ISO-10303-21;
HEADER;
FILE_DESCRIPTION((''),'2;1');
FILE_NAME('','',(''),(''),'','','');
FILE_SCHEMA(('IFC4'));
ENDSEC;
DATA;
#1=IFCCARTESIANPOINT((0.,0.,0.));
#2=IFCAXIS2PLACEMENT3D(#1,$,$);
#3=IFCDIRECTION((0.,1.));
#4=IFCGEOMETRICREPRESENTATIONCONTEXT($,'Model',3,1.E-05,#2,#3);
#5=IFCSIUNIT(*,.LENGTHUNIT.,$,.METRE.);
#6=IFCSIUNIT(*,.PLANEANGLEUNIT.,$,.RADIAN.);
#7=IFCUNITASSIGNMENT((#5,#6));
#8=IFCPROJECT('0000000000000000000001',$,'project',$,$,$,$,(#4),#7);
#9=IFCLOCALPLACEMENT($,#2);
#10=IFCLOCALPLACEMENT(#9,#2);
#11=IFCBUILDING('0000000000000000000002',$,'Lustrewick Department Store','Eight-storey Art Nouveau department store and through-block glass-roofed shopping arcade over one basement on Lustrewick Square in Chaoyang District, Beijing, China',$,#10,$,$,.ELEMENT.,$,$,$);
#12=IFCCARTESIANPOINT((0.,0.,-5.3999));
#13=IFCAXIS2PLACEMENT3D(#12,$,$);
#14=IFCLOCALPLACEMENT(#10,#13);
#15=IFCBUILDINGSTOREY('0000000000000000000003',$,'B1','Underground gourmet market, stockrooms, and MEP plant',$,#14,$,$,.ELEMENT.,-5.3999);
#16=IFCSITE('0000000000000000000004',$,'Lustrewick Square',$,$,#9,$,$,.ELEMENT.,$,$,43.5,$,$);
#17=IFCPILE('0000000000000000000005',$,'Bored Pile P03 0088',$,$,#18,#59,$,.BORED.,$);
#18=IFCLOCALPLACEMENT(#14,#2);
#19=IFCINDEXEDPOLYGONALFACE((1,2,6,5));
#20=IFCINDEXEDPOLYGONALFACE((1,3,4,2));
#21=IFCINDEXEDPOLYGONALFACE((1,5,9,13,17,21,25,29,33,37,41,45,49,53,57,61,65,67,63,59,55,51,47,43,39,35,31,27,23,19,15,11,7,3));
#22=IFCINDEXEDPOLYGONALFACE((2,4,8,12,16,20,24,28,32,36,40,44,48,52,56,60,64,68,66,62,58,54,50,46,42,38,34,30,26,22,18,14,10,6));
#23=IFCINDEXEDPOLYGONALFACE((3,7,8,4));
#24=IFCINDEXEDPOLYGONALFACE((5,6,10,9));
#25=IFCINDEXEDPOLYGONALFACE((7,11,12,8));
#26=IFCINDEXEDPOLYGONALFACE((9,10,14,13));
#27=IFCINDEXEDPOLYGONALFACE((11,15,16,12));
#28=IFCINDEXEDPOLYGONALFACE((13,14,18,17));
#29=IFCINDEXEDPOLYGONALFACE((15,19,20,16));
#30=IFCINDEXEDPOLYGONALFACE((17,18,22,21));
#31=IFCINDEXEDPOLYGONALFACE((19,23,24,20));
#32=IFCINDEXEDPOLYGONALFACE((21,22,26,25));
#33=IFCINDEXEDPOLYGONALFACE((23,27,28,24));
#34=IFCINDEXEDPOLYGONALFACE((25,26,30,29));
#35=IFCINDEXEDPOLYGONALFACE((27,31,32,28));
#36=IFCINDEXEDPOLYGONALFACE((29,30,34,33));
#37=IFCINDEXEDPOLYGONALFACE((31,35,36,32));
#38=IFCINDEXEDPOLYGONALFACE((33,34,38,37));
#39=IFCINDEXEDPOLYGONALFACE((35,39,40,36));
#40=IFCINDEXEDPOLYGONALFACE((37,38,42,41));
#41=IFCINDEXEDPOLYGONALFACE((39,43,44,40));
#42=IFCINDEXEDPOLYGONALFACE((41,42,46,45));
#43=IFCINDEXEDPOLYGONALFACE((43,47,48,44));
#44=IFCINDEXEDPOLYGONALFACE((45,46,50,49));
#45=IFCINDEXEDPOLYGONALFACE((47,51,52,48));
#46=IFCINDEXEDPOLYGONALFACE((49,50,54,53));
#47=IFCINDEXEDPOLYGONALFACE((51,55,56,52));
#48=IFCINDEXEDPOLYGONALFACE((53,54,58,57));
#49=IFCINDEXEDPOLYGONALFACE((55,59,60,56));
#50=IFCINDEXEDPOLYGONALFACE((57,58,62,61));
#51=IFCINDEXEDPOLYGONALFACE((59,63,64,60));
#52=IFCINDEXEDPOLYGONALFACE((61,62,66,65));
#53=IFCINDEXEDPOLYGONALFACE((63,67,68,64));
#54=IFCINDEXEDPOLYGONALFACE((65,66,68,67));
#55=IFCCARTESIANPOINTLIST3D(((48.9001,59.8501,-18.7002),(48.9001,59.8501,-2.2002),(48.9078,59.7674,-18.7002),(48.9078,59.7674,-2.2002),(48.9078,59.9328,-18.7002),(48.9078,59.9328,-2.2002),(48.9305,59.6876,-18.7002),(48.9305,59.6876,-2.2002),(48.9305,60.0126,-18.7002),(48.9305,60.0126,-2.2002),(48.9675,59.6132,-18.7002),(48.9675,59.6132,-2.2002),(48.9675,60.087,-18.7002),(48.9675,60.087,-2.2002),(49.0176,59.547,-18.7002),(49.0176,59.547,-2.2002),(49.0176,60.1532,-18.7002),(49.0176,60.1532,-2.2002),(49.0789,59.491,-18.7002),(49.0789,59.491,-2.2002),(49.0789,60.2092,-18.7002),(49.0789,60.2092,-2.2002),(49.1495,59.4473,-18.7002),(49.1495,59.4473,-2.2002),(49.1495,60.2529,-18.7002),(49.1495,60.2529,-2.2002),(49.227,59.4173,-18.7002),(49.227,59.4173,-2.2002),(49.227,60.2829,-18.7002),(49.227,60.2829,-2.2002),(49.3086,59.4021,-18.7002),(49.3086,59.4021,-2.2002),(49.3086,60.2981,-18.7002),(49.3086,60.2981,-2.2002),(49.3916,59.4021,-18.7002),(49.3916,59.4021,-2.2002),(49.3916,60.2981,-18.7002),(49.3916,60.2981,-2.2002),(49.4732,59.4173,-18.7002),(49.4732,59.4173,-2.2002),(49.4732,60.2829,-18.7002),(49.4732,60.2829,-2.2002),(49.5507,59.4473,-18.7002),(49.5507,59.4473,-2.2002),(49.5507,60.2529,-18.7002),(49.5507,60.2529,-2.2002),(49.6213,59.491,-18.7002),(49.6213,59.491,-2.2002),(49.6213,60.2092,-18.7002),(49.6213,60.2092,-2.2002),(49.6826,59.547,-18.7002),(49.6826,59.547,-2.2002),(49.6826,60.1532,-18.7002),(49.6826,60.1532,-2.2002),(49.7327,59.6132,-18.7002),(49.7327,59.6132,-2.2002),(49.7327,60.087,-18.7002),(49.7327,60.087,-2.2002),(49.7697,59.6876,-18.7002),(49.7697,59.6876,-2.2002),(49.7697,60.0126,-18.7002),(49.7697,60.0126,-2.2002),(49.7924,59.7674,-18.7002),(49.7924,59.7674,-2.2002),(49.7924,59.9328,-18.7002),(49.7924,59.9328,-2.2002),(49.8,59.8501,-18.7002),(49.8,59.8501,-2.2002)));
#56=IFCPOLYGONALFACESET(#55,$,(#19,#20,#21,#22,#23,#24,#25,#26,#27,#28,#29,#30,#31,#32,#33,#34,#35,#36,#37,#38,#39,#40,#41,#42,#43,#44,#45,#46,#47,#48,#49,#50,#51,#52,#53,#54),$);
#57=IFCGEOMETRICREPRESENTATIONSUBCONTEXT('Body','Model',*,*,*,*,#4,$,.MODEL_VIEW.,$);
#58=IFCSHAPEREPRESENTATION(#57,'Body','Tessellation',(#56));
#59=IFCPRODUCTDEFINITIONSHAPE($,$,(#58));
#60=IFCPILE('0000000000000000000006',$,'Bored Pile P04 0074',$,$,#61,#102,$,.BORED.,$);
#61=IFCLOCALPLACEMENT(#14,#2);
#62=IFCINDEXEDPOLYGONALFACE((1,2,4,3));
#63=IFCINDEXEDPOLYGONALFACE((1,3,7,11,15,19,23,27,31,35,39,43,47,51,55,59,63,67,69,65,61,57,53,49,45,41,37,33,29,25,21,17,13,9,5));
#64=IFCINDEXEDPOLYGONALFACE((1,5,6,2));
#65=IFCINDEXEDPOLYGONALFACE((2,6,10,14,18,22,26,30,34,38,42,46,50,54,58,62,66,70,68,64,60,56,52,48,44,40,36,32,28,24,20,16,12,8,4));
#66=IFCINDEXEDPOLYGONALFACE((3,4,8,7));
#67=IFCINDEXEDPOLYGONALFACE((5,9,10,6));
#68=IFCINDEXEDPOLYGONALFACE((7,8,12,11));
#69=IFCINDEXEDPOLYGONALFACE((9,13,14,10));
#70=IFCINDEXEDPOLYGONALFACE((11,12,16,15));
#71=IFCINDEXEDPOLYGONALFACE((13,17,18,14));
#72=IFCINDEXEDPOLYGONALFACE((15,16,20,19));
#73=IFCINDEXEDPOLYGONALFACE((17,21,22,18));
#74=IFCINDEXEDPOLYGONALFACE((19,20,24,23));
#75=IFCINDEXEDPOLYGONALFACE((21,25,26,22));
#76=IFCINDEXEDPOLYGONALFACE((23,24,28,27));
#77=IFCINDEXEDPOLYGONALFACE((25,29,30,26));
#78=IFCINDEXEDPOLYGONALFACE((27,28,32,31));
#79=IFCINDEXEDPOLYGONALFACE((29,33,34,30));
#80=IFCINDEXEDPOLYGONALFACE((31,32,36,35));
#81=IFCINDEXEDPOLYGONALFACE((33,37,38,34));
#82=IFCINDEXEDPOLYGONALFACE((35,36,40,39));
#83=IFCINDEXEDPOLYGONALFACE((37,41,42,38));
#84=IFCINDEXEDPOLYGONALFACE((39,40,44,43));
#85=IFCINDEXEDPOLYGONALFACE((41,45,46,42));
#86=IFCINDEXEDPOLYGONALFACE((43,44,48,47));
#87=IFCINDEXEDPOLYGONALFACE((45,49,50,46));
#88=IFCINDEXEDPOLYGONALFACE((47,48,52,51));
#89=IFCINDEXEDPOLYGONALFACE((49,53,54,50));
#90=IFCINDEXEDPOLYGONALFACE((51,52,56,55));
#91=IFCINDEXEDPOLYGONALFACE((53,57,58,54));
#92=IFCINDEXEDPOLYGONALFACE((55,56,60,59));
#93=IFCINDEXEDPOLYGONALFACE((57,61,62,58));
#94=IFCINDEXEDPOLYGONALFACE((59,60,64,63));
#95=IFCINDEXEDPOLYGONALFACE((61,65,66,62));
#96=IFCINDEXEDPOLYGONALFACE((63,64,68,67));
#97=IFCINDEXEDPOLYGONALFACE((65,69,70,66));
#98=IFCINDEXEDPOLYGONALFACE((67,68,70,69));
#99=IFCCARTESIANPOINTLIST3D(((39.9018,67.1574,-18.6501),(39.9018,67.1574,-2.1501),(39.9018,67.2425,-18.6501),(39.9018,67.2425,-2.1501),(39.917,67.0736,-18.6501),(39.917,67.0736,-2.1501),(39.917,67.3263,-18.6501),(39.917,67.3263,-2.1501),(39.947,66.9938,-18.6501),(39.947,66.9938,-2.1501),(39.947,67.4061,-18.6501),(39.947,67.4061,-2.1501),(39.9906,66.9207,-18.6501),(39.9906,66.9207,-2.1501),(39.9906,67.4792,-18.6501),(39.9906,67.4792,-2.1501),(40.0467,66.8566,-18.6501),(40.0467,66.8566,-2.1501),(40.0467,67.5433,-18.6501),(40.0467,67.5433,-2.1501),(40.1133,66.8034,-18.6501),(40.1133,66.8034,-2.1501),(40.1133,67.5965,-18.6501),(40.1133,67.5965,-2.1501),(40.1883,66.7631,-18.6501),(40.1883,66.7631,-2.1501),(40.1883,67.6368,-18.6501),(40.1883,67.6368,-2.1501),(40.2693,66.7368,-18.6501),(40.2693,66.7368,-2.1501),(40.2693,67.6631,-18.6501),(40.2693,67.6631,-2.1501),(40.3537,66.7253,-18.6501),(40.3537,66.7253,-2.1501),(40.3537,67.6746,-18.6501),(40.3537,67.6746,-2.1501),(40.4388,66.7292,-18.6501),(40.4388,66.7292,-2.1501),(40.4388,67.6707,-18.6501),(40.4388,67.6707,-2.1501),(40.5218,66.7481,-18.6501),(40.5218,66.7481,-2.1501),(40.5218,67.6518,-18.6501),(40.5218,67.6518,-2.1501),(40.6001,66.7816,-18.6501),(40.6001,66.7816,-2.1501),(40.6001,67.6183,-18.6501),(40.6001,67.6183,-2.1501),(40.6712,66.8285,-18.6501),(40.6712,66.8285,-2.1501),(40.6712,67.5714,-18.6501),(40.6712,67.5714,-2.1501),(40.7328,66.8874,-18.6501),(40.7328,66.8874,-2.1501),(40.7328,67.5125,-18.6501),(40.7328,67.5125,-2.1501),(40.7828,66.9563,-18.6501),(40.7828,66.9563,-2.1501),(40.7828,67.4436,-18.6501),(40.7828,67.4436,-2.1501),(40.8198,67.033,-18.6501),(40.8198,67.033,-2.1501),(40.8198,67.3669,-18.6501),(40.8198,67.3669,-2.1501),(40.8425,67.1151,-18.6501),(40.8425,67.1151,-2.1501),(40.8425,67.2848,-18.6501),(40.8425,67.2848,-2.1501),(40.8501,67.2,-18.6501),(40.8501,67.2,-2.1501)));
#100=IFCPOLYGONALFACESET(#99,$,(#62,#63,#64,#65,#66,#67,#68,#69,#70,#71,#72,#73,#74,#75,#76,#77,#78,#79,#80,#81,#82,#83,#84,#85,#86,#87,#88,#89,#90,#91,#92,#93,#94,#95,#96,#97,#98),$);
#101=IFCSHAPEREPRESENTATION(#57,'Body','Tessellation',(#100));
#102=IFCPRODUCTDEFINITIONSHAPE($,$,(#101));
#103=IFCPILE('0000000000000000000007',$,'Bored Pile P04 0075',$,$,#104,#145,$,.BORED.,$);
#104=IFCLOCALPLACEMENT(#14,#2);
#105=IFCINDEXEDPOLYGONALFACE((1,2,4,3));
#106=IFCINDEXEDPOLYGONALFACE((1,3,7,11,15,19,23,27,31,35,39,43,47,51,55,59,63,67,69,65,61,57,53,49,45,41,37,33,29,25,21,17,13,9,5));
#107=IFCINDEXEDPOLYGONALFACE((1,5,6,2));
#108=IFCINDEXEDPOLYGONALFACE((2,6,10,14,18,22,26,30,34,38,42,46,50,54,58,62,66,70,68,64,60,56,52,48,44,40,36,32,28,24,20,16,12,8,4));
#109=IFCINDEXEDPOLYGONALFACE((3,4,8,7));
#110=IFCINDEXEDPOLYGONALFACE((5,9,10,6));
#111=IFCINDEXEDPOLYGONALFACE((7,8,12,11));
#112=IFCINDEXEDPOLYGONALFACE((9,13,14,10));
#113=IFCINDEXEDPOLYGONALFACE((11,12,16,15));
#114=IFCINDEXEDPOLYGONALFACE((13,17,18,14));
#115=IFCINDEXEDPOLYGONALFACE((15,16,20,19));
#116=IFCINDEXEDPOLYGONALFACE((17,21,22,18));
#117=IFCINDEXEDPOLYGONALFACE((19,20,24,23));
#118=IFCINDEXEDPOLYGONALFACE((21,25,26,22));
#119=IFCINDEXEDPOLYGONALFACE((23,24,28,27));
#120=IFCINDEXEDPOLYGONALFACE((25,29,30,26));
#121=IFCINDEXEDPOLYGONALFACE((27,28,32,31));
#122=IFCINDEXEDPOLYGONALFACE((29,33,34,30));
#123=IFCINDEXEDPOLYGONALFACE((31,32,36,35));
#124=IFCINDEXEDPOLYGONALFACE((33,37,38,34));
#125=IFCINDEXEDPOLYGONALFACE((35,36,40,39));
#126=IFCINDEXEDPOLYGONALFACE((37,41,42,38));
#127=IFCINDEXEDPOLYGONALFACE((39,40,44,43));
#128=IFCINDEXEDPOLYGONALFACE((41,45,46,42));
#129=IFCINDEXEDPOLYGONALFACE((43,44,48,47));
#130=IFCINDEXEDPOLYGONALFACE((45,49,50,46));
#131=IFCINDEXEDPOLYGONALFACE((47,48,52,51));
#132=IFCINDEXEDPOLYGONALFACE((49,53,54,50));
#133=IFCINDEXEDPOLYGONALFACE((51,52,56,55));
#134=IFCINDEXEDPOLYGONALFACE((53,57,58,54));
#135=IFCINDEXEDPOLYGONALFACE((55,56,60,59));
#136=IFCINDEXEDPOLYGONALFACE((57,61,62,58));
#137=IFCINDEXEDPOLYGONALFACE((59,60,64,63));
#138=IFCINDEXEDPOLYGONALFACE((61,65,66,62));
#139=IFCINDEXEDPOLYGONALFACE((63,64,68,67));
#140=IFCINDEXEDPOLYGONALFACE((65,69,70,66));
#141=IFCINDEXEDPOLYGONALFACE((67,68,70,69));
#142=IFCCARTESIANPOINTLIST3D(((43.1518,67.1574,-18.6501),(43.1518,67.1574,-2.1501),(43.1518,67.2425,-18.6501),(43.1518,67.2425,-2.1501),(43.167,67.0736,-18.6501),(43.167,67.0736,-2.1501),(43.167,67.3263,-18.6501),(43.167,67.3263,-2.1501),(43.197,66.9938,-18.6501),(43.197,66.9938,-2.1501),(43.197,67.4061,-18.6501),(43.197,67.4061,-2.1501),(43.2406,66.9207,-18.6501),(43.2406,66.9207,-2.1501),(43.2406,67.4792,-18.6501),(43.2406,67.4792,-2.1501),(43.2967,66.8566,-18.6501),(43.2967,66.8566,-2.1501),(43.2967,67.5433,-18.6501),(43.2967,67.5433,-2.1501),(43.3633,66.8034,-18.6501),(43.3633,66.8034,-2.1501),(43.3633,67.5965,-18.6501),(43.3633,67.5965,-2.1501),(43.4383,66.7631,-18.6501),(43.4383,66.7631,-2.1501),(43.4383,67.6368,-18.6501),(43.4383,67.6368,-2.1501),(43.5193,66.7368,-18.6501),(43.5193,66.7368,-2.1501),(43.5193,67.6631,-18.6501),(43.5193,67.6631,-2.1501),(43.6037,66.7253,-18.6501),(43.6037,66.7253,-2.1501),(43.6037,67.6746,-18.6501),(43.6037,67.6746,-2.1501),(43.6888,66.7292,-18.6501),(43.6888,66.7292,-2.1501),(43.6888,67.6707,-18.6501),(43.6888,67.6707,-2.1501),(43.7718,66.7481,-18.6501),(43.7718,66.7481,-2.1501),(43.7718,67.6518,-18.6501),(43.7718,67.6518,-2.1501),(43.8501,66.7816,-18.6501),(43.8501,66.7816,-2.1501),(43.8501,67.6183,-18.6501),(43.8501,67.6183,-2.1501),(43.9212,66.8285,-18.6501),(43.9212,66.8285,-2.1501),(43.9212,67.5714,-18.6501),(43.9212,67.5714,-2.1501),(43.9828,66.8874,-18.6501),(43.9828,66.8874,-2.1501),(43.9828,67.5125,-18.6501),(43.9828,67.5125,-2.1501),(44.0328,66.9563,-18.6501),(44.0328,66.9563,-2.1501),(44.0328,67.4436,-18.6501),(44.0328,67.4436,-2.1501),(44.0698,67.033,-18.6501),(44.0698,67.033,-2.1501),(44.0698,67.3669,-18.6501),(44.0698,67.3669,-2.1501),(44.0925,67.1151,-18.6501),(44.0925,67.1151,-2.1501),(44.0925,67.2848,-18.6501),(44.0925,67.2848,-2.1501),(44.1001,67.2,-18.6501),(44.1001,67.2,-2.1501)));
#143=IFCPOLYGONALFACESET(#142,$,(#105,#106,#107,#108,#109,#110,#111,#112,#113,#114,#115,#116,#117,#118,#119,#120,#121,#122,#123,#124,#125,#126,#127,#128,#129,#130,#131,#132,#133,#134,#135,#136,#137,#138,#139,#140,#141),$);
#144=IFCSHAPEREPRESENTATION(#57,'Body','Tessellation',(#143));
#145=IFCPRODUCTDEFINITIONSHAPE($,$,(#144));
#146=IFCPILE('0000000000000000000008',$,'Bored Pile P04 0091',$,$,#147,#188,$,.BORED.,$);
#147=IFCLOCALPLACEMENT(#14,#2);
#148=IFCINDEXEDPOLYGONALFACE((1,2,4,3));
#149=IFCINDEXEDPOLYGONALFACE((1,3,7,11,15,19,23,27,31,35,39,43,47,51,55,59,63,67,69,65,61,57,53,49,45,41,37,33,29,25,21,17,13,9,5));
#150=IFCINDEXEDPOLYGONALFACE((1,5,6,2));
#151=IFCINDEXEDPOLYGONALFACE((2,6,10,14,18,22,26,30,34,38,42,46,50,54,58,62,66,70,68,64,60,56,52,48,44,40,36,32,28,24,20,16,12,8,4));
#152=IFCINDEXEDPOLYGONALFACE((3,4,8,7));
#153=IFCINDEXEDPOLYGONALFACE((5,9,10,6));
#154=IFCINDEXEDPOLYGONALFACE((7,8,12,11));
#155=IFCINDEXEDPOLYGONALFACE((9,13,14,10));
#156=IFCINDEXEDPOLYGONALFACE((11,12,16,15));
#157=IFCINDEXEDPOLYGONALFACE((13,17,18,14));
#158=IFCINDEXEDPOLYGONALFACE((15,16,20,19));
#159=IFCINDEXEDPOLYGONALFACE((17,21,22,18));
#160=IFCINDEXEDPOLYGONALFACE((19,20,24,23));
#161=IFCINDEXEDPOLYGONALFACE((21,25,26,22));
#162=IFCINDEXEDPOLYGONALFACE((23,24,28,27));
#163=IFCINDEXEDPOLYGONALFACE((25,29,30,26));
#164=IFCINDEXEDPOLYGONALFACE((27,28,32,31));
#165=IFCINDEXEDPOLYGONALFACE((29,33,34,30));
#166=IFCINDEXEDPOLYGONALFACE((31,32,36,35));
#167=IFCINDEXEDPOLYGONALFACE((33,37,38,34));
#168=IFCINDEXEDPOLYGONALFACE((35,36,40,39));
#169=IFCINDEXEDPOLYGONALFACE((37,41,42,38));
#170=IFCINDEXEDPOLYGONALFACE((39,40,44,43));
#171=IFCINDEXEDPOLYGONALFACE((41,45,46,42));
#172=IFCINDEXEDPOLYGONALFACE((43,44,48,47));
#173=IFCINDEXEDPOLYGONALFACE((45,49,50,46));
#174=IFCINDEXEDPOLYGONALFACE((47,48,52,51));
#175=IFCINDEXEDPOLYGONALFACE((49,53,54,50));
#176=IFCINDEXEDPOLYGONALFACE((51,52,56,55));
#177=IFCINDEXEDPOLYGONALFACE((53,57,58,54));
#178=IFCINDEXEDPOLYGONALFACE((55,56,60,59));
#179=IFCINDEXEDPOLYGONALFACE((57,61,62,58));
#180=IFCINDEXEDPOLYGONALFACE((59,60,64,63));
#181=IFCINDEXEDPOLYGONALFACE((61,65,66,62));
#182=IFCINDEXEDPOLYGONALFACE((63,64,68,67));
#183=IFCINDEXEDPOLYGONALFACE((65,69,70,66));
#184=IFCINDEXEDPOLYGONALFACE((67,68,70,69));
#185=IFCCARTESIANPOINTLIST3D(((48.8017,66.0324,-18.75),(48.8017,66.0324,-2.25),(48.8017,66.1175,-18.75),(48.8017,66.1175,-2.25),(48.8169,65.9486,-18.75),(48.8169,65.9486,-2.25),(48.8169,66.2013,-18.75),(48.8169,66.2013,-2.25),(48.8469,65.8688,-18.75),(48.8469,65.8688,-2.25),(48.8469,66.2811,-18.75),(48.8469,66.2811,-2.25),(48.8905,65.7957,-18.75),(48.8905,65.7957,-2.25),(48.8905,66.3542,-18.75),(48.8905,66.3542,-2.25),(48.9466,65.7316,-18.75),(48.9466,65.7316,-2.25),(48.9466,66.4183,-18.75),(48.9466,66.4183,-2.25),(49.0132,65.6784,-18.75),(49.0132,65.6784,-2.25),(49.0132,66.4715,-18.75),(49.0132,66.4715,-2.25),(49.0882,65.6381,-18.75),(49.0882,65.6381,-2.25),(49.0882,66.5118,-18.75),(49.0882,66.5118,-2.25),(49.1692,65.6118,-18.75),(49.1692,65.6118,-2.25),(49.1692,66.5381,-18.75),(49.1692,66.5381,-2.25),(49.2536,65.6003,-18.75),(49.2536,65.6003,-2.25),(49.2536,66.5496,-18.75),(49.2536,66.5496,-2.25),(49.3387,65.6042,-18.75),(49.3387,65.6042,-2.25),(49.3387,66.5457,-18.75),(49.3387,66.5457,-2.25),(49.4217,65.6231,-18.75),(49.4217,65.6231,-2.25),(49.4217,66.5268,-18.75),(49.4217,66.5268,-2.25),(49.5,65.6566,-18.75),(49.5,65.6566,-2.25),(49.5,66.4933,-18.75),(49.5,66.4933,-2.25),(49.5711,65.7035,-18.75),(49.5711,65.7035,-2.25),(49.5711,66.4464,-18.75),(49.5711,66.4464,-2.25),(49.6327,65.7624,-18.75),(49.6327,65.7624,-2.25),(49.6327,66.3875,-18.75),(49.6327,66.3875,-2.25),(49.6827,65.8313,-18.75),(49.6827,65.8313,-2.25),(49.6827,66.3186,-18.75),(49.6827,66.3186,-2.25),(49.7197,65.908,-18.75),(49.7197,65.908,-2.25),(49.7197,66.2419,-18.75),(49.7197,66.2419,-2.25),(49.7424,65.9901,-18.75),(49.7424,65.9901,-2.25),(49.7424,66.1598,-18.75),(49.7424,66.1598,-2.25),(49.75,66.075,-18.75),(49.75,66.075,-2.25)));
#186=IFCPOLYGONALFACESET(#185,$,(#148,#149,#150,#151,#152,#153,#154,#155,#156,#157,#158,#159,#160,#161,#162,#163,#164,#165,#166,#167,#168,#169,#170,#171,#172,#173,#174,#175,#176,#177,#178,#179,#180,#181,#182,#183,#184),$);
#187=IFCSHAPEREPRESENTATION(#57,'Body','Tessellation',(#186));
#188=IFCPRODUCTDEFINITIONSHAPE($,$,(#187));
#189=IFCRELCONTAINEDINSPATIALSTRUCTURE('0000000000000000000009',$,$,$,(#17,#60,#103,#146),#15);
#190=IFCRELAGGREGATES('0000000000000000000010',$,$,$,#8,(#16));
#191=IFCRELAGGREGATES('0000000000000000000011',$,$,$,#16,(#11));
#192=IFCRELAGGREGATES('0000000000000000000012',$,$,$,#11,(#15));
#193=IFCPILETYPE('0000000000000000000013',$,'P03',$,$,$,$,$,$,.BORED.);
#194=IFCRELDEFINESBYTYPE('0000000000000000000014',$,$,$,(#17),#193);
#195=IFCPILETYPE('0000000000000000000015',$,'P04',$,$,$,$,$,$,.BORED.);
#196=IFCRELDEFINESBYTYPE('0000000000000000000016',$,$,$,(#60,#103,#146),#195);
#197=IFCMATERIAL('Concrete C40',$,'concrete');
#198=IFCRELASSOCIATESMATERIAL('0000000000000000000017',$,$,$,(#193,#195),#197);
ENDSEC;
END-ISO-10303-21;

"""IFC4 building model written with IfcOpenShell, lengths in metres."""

from ifc_helpers import new_model, si_unit, direction, frame, origin, origin_2d, place, context, subcontext, project, spatial, circle, extrude, material, material_profile, profile_set, type_object, element, save


model = new_model("IFC4")

# Units and contexts
model_context = context("Model", 3, precision=1e-05, world=origin(), true_north=direction((0.0, 1.0)))
body_context = subcontext(model_context, "Body", "Model", "MODEL_VIEW")
ifc_project = project(units=[si_unit("LENGTHUNIT", "METRE"), si_unit("PLANEANGLEUNIT", "RADIAN")], contexts=[model_context])

# Site, building, storey
site_placement = place(None, origin())
site = spatial("IfcSite", under=ifc_project, at=site_placement, Name="Lustrewick Square", CompositionType="ELEMENT", RefElevation=43.5)
building_placement = place(site_placement, origin())
building = spatial("IfcBuilding", under=site, at=building_placement, Name="Lustrewick Department Store", Description="Eight-storey Art Nouveau department store and through-block glass-roofed shopping arcade over one basement on Lustrewick Square in Chaoyang District, Beijing, China", CompositionType="ELEMENT")
storey_placement = place(building_placement, frame((0.0, 0.0, -5.3999)))
storey = spatial("IfcBuildingStorey", under=building, at=storey_placement, Name="B1", Description="Underground gourmet market, stockrooms, and MEP plant", CompositionType="ELEMENT", Elevation=-5.3999)

# Piles
ifc_material_1 = material(Name="Concrete C40", Category="concrete")
ifc_material_profile_1 = material_profile(ifc_material_1, circle(Radius=0.45, at=origin_2d()), Name="PILE D900")
ifc_profile_set_1 = profile_set([ifc_material_profile_1], Name="Concrete C40")
pile_type_1 = type_object("IfcPileType", Name="P03", PredefinedType="BORED", material=ifc_profile_set_1)
pile_placement = place(storey_placement, frame((49.3501, 59.8501, -2.2002), z_axis=(0.0, 0.0, -1.0), x_axis=(1.0, 0.0, 0.0)))
element("IfcPile", 1, at=pile_placement, inside=storey, type_object=pile_type_1, Name="Bored Pile P03 0088", PredefinedType="BORED", context=body_context, shape_type="SweptSolid", body=[
    extrude(circle(Radius=0.45, at=origin_2d()), origin(), (0.0, 0.0, 1.0), 16.5),
])
ifc_material_profile_2 = material_profile(ifc_material_1, circle(Radius=0.4751, at=origin_2d()), Name="PILE D950")
ifc_profile_set_2 = profile_set([ifc_material_profile_2], Name="Concrete C40")
pile_type_2 = type_object("IfcPileType", Name="P04", PredefinedType="BORED", material=ifc_profile_set_2)
for number, where, z_axis, x_axis, name in (
    (2, (40.375, 67.2, -2.1501), (0.0, 0.0, -1.0), (1.0, 0.0, 0.0), "Bored Pile P04 0074"),
    (3, (43.625, 67.2, -2.1501), (0.0, 0.0, -1.0), (1.0, 0.0, 0.0), "Bored Pile P04 0075"),
    (4, (49.2749, 66.075, -2.25), (0.0, 0.0, -1.0), (1.0, 0.0, 0.0), "Bored Pile P04 0091"),
):
    element("IfcPile", number, at=place(storey_placement, frame(where, z_axis=z_axis, x_axis=x_axis)), inside=storey, type_object=pile_type_2, Name=name, PredefinedType="BORED", context=body_context, shape_type="SweptSolid", body=[
        extrude(circle(Radius=0.4751, at=origin_2d()), origin(), (0.0, 0.0, 1.0), 16.5),
    ])

save(model, "model.ifc")
